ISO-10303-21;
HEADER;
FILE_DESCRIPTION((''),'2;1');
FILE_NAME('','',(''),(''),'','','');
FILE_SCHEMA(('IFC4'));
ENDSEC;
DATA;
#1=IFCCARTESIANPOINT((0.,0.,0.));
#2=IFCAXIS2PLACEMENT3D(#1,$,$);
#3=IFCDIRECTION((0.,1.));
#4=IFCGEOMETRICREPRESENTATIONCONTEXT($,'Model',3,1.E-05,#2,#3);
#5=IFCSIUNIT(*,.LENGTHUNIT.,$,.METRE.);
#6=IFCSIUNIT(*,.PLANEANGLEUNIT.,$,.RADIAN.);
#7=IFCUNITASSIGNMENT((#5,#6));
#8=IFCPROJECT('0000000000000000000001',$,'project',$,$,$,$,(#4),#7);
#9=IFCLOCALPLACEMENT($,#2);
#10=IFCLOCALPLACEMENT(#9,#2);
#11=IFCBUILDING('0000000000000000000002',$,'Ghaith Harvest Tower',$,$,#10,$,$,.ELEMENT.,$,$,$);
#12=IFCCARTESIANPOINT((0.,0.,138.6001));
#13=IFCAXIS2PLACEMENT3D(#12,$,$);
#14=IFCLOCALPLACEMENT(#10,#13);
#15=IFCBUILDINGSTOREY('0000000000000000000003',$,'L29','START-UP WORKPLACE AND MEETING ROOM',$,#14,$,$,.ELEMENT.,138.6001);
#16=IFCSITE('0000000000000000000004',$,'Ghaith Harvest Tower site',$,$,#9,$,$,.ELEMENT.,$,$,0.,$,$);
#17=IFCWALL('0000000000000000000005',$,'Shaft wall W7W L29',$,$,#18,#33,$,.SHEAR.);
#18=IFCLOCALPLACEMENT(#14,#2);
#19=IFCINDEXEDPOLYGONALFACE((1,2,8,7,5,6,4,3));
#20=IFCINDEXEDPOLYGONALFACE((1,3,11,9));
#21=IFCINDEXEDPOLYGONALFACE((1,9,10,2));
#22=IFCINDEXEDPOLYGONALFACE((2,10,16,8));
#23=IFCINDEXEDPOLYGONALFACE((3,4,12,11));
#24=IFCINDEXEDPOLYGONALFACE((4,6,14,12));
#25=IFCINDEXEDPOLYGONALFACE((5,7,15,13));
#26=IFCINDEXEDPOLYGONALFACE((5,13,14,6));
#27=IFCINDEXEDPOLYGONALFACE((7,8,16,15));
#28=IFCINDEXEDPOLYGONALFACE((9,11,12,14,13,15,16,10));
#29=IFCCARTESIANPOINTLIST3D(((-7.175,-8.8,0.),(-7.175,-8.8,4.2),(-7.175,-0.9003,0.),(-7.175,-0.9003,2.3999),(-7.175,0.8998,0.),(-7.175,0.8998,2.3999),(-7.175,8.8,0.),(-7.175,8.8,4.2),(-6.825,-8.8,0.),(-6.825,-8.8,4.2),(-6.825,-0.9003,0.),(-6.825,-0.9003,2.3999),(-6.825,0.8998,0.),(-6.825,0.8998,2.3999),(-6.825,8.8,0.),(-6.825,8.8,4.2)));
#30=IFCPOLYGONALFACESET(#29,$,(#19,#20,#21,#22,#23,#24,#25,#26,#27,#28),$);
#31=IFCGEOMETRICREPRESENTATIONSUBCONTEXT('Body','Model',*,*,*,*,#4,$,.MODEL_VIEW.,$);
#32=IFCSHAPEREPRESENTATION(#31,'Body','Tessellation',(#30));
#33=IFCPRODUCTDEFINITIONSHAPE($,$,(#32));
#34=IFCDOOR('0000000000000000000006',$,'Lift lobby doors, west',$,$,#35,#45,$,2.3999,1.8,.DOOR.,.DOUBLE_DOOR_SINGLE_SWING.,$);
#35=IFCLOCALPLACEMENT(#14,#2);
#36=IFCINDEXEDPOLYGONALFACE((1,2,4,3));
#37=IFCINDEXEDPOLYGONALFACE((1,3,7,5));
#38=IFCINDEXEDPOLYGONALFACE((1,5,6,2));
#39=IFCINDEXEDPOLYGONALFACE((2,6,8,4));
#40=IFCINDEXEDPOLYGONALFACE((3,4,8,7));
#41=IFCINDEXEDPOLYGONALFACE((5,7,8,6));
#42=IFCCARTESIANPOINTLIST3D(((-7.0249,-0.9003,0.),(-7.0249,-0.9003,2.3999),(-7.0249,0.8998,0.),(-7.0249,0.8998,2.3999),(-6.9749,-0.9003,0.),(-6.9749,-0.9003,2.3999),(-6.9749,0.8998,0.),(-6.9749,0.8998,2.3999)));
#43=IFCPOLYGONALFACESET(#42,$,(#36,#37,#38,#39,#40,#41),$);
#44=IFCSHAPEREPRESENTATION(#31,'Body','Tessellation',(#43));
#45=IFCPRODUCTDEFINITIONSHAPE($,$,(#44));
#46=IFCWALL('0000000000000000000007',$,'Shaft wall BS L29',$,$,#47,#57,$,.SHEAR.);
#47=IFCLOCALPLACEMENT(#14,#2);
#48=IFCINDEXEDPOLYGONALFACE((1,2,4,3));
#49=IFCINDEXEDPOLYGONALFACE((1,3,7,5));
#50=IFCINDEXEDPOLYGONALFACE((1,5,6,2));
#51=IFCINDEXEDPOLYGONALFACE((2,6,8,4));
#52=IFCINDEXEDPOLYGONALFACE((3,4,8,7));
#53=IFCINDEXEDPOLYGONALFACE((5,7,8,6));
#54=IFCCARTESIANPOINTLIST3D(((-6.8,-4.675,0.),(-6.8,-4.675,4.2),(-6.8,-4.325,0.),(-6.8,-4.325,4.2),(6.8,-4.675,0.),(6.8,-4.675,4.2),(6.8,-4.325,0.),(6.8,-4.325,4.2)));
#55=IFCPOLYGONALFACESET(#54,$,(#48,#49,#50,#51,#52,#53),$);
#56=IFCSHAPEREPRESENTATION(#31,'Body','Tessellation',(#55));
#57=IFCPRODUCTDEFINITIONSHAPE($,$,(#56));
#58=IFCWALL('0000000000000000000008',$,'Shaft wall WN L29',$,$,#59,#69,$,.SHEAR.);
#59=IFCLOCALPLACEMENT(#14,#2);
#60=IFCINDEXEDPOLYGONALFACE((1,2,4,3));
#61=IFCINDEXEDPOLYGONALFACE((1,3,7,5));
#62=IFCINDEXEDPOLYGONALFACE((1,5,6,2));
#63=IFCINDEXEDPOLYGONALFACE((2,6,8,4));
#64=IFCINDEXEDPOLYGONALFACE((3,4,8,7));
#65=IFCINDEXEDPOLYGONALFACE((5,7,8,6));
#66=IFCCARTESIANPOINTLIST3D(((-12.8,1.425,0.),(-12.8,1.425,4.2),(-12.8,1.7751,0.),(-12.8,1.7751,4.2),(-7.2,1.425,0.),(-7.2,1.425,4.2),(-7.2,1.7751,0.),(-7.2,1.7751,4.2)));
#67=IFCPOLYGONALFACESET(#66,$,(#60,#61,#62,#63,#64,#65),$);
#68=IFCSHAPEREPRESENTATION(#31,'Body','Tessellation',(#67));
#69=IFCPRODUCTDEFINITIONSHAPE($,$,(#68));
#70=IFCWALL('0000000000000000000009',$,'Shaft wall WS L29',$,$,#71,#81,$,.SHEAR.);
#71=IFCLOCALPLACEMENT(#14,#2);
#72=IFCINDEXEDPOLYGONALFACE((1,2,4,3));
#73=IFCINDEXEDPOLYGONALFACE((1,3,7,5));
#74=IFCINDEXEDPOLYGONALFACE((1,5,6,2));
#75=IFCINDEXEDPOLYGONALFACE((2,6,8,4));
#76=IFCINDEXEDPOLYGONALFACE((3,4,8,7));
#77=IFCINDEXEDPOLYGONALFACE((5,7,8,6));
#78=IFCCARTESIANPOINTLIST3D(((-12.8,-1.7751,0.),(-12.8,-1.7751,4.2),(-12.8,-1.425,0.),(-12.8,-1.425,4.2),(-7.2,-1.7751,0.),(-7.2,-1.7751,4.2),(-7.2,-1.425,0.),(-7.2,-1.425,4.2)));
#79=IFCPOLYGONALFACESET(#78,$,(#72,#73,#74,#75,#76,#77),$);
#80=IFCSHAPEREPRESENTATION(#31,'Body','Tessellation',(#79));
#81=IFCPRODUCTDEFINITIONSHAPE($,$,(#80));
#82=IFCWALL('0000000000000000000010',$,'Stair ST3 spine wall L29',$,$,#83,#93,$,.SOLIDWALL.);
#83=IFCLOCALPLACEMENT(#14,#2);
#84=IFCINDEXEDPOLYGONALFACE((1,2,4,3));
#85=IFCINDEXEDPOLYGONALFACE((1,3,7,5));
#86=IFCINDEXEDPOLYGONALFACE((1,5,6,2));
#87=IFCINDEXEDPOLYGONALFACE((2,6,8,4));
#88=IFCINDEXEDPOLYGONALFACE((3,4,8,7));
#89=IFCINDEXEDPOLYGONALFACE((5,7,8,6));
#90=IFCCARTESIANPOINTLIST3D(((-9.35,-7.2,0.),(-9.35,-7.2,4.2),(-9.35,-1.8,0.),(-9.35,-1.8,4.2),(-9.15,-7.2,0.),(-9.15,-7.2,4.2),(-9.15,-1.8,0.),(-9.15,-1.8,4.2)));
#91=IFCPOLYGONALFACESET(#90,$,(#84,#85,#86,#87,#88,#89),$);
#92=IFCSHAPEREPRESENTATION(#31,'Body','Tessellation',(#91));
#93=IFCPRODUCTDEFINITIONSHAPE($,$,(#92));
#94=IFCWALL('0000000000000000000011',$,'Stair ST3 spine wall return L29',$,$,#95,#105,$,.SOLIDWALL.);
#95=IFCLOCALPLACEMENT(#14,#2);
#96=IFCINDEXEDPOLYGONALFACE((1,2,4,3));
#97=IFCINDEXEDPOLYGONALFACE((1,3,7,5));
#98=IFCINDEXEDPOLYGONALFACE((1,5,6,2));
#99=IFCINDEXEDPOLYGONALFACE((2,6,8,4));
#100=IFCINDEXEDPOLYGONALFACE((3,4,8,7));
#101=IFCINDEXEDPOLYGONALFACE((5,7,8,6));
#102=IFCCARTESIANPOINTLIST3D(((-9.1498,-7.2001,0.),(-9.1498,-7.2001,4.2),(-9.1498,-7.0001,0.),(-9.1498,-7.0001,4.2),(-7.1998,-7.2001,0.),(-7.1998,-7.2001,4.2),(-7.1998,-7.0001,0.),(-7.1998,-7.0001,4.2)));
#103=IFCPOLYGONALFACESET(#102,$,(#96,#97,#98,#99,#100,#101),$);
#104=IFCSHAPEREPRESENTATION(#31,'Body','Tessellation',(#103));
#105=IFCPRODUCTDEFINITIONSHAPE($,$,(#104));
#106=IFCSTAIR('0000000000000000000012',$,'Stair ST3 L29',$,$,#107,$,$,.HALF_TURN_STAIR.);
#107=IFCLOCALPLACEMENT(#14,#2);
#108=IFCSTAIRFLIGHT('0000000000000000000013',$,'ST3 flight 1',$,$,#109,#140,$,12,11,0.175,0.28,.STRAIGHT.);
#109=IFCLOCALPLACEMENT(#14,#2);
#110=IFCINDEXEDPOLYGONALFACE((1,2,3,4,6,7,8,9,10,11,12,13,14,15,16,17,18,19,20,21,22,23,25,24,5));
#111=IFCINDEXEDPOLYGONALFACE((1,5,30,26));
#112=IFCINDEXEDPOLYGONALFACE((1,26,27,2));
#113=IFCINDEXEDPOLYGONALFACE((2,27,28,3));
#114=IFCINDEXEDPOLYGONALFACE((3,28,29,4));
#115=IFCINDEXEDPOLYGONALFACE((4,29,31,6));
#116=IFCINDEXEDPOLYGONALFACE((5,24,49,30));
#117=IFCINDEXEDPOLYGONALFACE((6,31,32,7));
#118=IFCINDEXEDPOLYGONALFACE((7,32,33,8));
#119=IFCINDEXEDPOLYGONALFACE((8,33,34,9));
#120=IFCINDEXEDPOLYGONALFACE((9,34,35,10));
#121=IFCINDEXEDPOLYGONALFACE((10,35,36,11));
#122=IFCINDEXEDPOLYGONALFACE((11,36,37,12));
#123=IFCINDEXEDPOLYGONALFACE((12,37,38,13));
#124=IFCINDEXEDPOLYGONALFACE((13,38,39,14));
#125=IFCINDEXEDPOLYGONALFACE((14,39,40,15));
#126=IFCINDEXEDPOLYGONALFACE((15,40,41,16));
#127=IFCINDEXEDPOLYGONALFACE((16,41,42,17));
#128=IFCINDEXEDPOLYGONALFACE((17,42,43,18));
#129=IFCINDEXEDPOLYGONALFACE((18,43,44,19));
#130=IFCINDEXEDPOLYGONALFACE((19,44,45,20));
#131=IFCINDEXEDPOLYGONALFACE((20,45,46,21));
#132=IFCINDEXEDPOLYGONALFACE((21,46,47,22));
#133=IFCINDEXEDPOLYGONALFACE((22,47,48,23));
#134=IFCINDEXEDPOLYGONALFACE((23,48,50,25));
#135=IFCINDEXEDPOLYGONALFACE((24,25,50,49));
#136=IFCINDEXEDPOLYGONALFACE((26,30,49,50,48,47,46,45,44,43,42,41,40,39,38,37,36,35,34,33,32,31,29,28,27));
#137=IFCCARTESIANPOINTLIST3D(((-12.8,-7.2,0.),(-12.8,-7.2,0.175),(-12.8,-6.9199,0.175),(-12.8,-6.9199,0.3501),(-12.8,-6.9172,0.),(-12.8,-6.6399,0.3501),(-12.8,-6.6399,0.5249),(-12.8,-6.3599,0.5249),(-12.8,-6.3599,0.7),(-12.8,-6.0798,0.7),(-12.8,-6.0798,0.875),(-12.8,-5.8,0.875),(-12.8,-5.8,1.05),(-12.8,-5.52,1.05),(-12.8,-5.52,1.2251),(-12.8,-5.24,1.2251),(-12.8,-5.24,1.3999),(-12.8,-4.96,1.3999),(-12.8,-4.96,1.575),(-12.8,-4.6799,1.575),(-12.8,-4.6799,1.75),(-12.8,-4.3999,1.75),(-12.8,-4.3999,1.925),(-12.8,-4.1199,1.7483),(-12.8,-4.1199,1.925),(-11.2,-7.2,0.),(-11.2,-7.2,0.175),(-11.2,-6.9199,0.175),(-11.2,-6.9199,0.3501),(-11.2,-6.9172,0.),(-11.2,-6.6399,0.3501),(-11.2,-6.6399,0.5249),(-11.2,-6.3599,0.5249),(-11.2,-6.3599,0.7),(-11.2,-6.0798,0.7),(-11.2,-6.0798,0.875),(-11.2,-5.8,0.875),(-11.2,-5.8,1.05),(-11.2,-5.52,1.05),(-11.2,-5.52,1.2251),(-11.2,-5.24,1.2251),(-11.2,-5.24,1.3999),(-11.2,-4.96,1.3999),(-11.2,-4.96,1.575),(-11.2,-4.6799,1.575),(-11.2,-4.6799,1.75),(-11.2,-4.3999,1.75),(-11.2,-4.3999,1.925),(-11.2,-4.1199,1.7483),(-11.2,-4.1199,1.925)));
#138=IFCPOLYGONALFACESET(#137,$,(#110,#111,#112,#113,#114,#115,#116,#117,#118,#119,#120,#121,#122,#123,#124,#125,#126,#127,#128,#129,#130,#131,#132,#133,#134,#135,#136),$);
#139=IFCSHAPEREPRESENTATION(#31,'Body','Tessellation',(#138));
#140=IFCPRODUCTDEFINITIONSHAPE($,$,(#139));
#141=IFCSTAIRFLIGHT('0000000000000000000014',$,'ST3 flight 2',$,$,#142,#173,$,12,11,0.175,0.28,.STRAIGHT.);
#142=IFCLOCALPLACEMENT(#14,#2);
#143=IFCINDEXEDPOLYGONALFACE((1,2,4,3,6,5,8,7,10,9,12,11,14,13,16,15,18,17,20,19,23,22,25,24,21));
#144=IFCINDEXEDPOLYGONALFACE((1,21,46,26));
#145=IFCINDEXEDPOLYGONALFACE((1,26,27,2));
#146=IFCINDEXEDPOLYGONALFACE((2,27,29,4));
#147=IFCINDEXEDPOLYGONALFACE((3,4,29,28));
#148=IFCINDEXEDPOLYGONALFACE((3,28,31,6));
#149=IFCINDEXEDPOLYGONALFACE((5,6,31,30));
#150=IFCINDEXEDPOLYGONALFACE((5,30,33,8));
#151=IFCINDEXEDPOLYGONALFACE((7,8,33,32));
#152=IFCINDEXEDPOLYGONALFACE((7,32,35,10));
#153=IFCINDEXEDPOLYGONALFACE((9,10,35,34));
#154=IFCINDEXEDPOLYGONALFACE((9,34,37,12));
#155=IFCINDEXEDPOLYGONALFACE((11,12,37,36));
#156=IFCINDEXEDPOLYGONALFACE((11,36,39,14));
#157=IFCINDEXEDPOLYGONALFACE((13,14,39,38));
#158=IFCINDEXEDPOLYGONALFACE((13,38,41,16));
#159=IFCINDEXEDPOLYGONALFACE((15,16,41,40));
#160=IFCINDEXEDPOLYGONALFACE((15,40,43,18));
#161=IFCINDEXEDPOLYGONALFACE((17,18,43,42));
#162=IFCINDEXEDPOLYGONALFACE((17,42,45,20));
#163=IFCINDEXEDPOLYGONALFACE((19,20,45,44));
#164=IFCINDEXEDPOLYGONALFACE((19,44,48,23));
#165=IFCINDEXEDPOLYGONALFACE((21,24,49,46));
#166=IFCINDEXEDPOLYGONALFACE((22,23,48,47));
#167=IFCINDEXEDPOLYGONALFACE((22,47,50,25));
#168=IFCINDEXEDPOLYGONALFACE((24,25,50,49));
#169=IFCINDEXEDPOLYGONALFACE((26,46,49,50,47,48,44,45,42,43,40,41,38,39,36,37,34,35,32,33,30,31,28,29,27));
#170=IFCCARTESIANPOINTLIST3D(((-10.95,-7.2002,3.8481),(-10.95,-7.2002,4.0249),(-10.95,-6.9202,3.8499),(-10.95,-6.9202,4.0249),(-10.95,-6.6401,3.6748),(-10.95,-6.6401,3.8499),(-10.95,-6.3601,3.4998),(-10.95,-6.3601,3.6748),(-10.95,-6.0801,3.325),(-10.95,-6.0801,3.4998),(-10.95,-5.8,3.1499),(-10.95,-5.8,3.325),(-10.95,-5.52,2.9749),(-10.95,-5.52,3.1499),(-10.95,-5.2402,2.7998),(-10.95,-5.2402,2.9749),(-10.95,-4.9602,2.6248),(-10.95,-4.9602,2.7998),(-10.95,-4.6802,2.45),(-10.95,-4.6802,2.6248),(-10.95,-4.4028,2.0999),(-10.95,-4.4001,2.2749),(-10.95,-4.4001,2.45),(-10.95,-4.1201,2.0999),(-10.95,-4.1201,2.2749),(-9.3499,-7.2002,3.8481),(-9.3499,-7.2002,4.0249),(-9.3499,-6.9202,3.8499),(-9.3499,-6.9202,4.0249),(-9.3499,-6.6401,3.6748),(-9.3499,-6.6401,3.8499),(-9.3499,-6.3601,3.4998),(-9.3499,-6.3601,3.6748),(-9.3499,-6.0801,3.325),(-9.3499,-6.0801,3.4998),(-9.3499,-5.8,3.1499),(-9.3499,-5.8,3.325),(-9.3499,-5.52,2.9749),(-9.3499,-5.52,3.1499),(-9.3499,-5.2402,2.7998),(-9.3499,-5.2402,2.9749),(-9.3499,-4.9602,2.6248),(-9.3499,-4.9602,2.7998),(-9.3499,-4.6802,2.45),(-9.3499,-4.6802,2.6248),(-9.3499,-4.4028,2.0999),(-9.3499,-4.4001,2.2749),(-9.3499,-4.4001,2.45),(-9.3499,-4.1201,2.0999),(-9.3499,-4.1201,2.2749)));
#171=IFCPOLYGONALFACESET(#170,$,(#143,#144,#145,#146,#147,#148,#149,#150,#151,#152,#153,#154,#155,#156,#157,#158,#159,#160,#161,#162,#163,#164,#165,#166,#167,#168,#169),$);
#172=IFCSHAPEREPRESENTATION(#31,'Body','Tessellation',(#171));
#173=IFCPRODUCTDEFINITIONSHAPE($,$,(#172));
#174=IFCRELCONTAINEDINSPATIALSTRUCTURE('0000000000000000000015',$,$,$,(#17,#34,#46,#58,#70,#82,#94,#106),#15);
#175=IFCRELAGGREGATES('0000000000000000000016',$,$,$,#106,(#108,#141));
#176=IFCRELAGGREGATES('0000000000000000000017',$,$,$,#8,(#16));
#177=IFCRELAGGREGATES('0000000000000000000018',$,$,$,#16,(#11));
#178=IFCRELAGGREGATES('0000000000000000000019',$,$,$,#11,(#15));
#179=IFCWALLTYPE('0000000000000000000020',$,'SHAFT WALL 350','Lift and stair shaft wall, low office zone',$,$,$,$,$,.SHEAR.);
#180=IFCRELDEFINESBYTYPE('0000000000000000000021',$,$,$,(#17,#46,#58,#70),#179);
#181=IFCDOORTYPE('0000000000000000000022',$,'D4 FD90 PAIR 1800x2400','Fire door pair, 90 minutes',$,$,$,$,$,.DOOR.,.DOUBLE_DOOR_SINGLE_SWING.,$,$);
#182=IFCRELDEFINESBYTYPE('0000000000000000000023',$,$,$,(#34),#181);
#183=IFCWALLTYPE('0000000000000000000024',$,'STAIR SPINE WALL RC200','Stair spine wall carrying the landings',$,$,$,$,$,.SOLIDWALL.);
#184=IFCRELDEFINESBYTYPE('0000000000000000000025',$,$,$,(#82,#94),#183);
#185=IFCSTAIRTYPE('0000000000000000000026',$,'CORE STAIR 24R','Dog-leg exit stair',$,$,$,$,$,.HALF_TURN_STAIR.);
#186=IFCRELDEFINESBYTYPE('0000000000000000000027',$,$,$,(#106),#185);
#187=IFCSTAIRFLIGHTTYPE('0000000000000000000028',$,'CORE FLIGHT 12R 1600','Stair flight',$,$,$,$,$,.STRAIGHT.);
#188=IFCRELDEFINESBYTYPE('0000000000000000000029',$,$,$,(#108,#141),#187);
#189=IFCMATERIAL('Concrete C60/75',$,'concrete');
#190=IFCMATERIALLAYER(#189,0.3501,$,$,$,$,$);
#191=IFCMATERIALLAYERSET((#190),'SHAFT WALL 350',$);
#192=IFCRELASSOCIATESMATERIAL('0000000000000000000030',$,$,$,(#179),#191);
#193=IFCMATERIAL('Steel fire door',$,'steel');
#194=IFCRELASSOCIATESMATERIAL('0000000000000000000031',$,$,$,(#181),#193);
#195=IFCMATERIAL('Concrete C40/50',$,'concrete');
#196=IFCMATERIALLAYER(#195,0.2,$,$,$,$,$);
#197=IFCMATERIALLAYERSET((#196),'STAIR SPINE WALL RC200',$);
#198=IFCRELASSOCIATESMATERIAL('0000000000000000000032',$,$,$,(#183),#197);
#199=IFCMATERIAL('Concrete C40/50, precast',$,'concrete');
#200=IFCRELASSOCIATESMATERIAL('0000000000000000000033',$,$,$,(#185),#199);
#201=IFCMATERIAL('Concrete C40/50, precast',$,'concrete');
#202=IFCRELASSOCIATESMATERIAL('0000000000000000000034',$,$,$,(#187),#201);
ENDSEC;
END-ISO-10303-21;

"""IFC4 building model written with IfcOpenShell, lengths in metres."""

from ifc_helpers import new_model, si_unit, direction, frame, frame_2d, origin, place, context, subcontext, project, spatial, polyline, rectangle, outline, extrude, material, layer, layer_set, type_object, element, fill, aggregate, save


model = new_model("IFC4")

# Units and contexts
model_context = context("Model", 3, precision=1e-05, world=origin(), true_north=direction((0.0, 1.0)))
body_context = subcontext(model_context, "Body", "Model", "MODEL_VIEW")
ifc_project = project(units=[si_unit("LENGTHUNIT", "METRE"), si_unit("PLANEANGLEUNIT", "RADIAN")], contexts=[model_context])

# Site, building, storey
site_placement = place(None, origin())
site = spatial("IfcSite", under=ifc_project, at=site_placement, Name="Ghaith Harvest Tower site", CompositionType="ELEMENT", RefElevation=0.0)
building_placement = place(site_placement, origin())
building = spatial("IfcBuilding", under=site, at=building_placement, Name="Ghaith Harvest Tower", CompositionType="ELEMENT")
storey_placement = place(building_placement, frame((0.0, 0.0, 138.6001)))
storey = spatial("IfcBuildingStorey", under=building, at=storey_placement, Name="L29", Description="START-UP WORKPLACE AND MEETING ROOM", CompositionType="ELEMENT", Elevation=138.6001)

# Wall, opening, door
ifc_material_1 = material(Name="Concrete C60/75", Category="concrete")
ifc_layer_1 = layer(ifc_material_1, 0.3501)
ifc_layer_set_1 = layer_set([ifc_layer_1], Name="SHAFT WALL 350")
wall_type_1 = type_object("IfcWallType", Name="SHAFT WALL 350", Description="Lift and stair shaft wall, low office zone", PredefinedType="SHEAR", material=ifc_layer_set_1)
wall_1_placement = place(storey_placement, frame((-7.0, -8.8, 0.0), z_axis=(0.0, 0.0, 1.0), x_axis=(0.0, 1.0, 0.0)))
wall_1 = element("IfcWall", 1, at=wall_1_placement, inside=storey, type_object=wall_type_1, Name="Shaft wall W7W L29", PredefinedType="SHEAR", context=body_context, shape_type="SweptSolid", body=[
    extrude(rectangle(XDim=17.6001, YDim=0.3501, at=frame_2d((8.8, 0.0))), origin(), (0.0, 0.0, 1.0), 4.2),
])
opening_1_placement = place(wall_1_placement, frame((7.8999, 0.0, 0.0)))
opening_1 = element("IfcOpeningElement", 2, at=opening_1_placement, cuts=wall_1, PredefinedType="OPENING", context=body_context, shape_type="SweptSolid", body=[
    extrude(rectangle(XDim=1.8, YDim=2.3999, at=frame_2d((0.8999, 1.2))), frame((0.0, 0.1851, 0.0), z_axis=(0.0, -1.0, 0.0), x_axis=(1.0, 0.0, 0.0)), (0.0, 0.0, 1.0), 0.3701),
])
ifc_material_2 = material(Name="Steel fire door", Category="steel")
door_type_1 = type_object("IfcDoorType", Name="D4 FD90 PAIR 1800x2400", Description="Fire door pair, 90 minutes", OperationType="DOUBLE_DOOR_SINGLE_SWING", PredefinedType="DOOR", material=ifc_material_2)
door_1_placement = place(opening_1_placement, origin())
door_1 = element("IfcDoor", 3, at=door_1_placement, inside=storey, type_object=door_type_1, Name="Lift lobby doors, west", OperationType="DOUBLE_DOOR_SINGLE_SWING", OverallHeight=2.3999, OverallWidth=1.8, PredefinedType="DOOR", context=body_context, shape_type="SweptSolid", body=[
    extrude(rectangle(XDim=1.8, YDim=2.3999, at=frame_2d((0.8999, 1.2))), frame((0.0, 0.0249, 0.0), z_axis=(0.0, -1.0, 0.0), x_axis=(1.0, 0.0, 0.0)), (0.0, 0.0, 1.0), 0.05),
])
fill(opening_1, door_1)

# Walls
wall_2_placement = place(storey_placement, frame((-6.8, -4.5, 0.0), z_axis=(0.0, 0.0, 1.0), x_axis=(1.0, 0.0, 0.0)))
element("IfcWall", 4, at=wall_2_placement, inside=storey, type_object=wall_type_1, Name="Shaft wall BS L29", PredefinedType="SHEAR", context=body_context, shape_type="SweptSolid", body=[
    extrude(rectangle(XDim=13.6001, YDim=0.3501, at=frame_2d((6.8, 0.0))), origin(), (0.0, 0.0, 1.0), 4.2),
])
for number, where, z_axis, x_axis, name in (
    (5, (-12.8, 1.6001, 0.0), (0.0, 0.0, 1.0), (1.0, 0.0, 0.0), "Shaft wall WN L29"),
    (6, (-12.8, -1.6001, 0.0), (0.0, 0.0, 1.0), (1.0, 0.0, 0.0), "Shaft wall WS L29"),
):
    element("IfcWall", number, at=place(storey_placement, frame(where, z_axis=z_axis, x_axis=x_axis)), inside=storey, type_object=wall_type_1, Name=name, PredefinedType="SHEAR", context=body_context, shape_type="SweptSolid", body=[
        extrude(rectangle(XDim=5.6001, YDim=0.3501, at=frame_2d((2.8, 0.0))), origin(), (0.0, 0.0, 1.0), 4.2),
    ])
ifc_material_3 = material(Name="Concrete C40/50", Category="concrete")
ifc_layer_2 = layer(ifc_material_3, 0.2)
ifc_layer_set_2 = layer_set([ifc_layer_2], Name="STAIR SPINE WALL RC200")
wall_type_2 = type_object("IfcWallType", Name="STAIR SPINE WALL RC200", Description="Stair spine wall carrying the landings", PredefinedType="SOLIDWALL", material=ifc_layer_set_2)
wall_3_placement = place(storey_placement, frame((-9.25, -7.2, 0.0), z_axis=(0.0, 0.0, 1.0), x_axis=(0.0, 1.0, 0.0)))
element("IfcWall", 7, at=wall_3_placement, inside=storey, type_object=wall_type_2, Name="Stair ST3 spine wall L29", PredefinedType="SOLIDWALL", context=body_context, shape_type="SweptSolid", body=[
    extrude(rectangle(XDim=5.3999, YDim=0.2, at=frame_2d((2.7, 0.0))), origin(), (0.0, 0.0, 1.0), 4.2),
])
wall_4_placement = place(storey_placement, frame((-9.1499, -7.1001, 0.0), z_axis=(0.0, 0.0, 1.0), x_axis=(1.0, 0.0, 0.0)))
element("IfcWall", 8, at=wall_4_placement, inside=storey, type_object=wall_type_2, Name="Stair ST3 spine wall return L29", PredefinedType="SOLIDWALL", context=body_context, shape_type="SweptSolid", body=[
    extrude(rectangle(XDim=1.95, YDim=0.2, at=frame_2d((0.9751, 0.0))), origin(), (0.0, 0.0, 1.0), 4.2),
])

# Stair, stair flights
ifc_material_4 = material(Name="Concrete C40/50, precast", Category="concrete")
stair_type = type_object("IfcStairType", Name="CORE STAIR 24R", Description="Dog-leg exit stair", PredefinedType="HALF_TURN_STAIR", material=ifc_material_4)
stair_placement = place(storey_placement, origin())
stair = element("IfcStair", 9, at=stair_placement, inside=storey, type_object=stair_type, Name="Stair ST3 L29", PredefinedType="HALF_TURN_STAIR")
ifc_material_5 = material(Name="Concrete C40/50, precast", Category="concrete")
stair_flight_type = type_object("IfcStairFlightType", Name="CORE FLIGHT 12R 1600", Description="Stair flight", PredefinedType="STRAIGHT", material=ifc_material_5)
stair_flight_1_placement = place(storey_placement, frame((-12.0, -7.2, 0.0), z_axis=(0.0, 0.0, 1.0), x_axis=(0.0, 1.0, 0.0)))
stair_flight_1 = element("IfcStairFlight", 10, at=stair_flight_1_placement, type_object=stair_flight_type, Name="ST3 flight 1", NumberOfRisers=12, NumberOfTreads=11, PredefinedType="STRAIGHT", RiserHeight=0.175, TreadLength=0.28, context=body_context, shape_type="SweptSolid", body=[
    extrude(outline(polyline([(0.0, 0.0), (0.0, 0.175), (0.28, 0.175), (0.28, 0.3501), (0.5601, 0.3501), (0.5601, 0.5249), (0.8401, 0.5249), (0.8401, 0.7), (1.1201, 0.7), (1.1201, 0.875), (1.3999, 0.875), (1.3999, 1.05), (1.6799, 1.05), (1.6799, 1.2251), (1.96, 1.2251), (1.96, 1.3999), (2.24, 1.3999), (2.24, 1.575), (2.52, 1.575), (2.52, 1.75), (2.8, 1.75), (2.8, 1.925), (3.0801, 1.925), (3.0801, 2.1001), (3.0801, 1.7483), (0.2827, 0.0), (0.0, 0.0)])), frame((0.0, 0.8, 0.0), z_axis=(0.0, -1.0, 0.0), x_axis=(1.0, 0.0, 0.0)), (0.0, 0.0, 1.0), 1.6001),
])
stair_flight_2_placement = place(storey_placement, frame((-10.1499, -4.1201, 2.0999), z_axis=(0.0, 0.0, 1.0), x_axis=(0.0, -1.0, 0.0)))
stair_flight_2 = element("IfcStairFlight", 11, at=stair_flight_2_placement, type_object=stair_flight_type, Name="ST3 flight 2", NumberOfRisers=12, NumberOfTreads=11, PredefinedType="STRAIGHT", RiserHeight=0.175, TreadLength=0.28, context=body_context, shape_type="SweptSolid", body=[
    extrude(outline(polyline([(0.0, 0.0), (0.0, 0.175), (0.28, 0.175), (0.28, 0.3501), (0.5601, 0.3501), (0.5601, 0.5249), (0.8401, 0.5249), (0.8401, 0.7), (1.1201, 0.7), (1.1201, 0.875), (1.3999, 0.875), (1.3999, 1.05), (1.6799, 1.05), (1.6799, 1.2251), (1.96, 1.2251), (1.96, 1.3999), (2.24, 1.3999), (2.24, 1.575), (2.52, 1.575), (2.52, 1.75), (2.8, 1.75), (2.8, 1.925), (3.0801, 1.925), (3.0801, 2.1001), (3.0801, 1.7483), (0.2827, 0.0), (0.0, 0.0)])), frame((0.0, 0.8, 0.0), z_axis=(0.0, -1.0, 0.0), x_axis=(1.0, 0.0, 0.0)), (0.0, 0.0, 1.0), 1.6001),
])
aggregate(stair, [stair_flight_1, stair_flight_2])

save(model, "model.ifc")
